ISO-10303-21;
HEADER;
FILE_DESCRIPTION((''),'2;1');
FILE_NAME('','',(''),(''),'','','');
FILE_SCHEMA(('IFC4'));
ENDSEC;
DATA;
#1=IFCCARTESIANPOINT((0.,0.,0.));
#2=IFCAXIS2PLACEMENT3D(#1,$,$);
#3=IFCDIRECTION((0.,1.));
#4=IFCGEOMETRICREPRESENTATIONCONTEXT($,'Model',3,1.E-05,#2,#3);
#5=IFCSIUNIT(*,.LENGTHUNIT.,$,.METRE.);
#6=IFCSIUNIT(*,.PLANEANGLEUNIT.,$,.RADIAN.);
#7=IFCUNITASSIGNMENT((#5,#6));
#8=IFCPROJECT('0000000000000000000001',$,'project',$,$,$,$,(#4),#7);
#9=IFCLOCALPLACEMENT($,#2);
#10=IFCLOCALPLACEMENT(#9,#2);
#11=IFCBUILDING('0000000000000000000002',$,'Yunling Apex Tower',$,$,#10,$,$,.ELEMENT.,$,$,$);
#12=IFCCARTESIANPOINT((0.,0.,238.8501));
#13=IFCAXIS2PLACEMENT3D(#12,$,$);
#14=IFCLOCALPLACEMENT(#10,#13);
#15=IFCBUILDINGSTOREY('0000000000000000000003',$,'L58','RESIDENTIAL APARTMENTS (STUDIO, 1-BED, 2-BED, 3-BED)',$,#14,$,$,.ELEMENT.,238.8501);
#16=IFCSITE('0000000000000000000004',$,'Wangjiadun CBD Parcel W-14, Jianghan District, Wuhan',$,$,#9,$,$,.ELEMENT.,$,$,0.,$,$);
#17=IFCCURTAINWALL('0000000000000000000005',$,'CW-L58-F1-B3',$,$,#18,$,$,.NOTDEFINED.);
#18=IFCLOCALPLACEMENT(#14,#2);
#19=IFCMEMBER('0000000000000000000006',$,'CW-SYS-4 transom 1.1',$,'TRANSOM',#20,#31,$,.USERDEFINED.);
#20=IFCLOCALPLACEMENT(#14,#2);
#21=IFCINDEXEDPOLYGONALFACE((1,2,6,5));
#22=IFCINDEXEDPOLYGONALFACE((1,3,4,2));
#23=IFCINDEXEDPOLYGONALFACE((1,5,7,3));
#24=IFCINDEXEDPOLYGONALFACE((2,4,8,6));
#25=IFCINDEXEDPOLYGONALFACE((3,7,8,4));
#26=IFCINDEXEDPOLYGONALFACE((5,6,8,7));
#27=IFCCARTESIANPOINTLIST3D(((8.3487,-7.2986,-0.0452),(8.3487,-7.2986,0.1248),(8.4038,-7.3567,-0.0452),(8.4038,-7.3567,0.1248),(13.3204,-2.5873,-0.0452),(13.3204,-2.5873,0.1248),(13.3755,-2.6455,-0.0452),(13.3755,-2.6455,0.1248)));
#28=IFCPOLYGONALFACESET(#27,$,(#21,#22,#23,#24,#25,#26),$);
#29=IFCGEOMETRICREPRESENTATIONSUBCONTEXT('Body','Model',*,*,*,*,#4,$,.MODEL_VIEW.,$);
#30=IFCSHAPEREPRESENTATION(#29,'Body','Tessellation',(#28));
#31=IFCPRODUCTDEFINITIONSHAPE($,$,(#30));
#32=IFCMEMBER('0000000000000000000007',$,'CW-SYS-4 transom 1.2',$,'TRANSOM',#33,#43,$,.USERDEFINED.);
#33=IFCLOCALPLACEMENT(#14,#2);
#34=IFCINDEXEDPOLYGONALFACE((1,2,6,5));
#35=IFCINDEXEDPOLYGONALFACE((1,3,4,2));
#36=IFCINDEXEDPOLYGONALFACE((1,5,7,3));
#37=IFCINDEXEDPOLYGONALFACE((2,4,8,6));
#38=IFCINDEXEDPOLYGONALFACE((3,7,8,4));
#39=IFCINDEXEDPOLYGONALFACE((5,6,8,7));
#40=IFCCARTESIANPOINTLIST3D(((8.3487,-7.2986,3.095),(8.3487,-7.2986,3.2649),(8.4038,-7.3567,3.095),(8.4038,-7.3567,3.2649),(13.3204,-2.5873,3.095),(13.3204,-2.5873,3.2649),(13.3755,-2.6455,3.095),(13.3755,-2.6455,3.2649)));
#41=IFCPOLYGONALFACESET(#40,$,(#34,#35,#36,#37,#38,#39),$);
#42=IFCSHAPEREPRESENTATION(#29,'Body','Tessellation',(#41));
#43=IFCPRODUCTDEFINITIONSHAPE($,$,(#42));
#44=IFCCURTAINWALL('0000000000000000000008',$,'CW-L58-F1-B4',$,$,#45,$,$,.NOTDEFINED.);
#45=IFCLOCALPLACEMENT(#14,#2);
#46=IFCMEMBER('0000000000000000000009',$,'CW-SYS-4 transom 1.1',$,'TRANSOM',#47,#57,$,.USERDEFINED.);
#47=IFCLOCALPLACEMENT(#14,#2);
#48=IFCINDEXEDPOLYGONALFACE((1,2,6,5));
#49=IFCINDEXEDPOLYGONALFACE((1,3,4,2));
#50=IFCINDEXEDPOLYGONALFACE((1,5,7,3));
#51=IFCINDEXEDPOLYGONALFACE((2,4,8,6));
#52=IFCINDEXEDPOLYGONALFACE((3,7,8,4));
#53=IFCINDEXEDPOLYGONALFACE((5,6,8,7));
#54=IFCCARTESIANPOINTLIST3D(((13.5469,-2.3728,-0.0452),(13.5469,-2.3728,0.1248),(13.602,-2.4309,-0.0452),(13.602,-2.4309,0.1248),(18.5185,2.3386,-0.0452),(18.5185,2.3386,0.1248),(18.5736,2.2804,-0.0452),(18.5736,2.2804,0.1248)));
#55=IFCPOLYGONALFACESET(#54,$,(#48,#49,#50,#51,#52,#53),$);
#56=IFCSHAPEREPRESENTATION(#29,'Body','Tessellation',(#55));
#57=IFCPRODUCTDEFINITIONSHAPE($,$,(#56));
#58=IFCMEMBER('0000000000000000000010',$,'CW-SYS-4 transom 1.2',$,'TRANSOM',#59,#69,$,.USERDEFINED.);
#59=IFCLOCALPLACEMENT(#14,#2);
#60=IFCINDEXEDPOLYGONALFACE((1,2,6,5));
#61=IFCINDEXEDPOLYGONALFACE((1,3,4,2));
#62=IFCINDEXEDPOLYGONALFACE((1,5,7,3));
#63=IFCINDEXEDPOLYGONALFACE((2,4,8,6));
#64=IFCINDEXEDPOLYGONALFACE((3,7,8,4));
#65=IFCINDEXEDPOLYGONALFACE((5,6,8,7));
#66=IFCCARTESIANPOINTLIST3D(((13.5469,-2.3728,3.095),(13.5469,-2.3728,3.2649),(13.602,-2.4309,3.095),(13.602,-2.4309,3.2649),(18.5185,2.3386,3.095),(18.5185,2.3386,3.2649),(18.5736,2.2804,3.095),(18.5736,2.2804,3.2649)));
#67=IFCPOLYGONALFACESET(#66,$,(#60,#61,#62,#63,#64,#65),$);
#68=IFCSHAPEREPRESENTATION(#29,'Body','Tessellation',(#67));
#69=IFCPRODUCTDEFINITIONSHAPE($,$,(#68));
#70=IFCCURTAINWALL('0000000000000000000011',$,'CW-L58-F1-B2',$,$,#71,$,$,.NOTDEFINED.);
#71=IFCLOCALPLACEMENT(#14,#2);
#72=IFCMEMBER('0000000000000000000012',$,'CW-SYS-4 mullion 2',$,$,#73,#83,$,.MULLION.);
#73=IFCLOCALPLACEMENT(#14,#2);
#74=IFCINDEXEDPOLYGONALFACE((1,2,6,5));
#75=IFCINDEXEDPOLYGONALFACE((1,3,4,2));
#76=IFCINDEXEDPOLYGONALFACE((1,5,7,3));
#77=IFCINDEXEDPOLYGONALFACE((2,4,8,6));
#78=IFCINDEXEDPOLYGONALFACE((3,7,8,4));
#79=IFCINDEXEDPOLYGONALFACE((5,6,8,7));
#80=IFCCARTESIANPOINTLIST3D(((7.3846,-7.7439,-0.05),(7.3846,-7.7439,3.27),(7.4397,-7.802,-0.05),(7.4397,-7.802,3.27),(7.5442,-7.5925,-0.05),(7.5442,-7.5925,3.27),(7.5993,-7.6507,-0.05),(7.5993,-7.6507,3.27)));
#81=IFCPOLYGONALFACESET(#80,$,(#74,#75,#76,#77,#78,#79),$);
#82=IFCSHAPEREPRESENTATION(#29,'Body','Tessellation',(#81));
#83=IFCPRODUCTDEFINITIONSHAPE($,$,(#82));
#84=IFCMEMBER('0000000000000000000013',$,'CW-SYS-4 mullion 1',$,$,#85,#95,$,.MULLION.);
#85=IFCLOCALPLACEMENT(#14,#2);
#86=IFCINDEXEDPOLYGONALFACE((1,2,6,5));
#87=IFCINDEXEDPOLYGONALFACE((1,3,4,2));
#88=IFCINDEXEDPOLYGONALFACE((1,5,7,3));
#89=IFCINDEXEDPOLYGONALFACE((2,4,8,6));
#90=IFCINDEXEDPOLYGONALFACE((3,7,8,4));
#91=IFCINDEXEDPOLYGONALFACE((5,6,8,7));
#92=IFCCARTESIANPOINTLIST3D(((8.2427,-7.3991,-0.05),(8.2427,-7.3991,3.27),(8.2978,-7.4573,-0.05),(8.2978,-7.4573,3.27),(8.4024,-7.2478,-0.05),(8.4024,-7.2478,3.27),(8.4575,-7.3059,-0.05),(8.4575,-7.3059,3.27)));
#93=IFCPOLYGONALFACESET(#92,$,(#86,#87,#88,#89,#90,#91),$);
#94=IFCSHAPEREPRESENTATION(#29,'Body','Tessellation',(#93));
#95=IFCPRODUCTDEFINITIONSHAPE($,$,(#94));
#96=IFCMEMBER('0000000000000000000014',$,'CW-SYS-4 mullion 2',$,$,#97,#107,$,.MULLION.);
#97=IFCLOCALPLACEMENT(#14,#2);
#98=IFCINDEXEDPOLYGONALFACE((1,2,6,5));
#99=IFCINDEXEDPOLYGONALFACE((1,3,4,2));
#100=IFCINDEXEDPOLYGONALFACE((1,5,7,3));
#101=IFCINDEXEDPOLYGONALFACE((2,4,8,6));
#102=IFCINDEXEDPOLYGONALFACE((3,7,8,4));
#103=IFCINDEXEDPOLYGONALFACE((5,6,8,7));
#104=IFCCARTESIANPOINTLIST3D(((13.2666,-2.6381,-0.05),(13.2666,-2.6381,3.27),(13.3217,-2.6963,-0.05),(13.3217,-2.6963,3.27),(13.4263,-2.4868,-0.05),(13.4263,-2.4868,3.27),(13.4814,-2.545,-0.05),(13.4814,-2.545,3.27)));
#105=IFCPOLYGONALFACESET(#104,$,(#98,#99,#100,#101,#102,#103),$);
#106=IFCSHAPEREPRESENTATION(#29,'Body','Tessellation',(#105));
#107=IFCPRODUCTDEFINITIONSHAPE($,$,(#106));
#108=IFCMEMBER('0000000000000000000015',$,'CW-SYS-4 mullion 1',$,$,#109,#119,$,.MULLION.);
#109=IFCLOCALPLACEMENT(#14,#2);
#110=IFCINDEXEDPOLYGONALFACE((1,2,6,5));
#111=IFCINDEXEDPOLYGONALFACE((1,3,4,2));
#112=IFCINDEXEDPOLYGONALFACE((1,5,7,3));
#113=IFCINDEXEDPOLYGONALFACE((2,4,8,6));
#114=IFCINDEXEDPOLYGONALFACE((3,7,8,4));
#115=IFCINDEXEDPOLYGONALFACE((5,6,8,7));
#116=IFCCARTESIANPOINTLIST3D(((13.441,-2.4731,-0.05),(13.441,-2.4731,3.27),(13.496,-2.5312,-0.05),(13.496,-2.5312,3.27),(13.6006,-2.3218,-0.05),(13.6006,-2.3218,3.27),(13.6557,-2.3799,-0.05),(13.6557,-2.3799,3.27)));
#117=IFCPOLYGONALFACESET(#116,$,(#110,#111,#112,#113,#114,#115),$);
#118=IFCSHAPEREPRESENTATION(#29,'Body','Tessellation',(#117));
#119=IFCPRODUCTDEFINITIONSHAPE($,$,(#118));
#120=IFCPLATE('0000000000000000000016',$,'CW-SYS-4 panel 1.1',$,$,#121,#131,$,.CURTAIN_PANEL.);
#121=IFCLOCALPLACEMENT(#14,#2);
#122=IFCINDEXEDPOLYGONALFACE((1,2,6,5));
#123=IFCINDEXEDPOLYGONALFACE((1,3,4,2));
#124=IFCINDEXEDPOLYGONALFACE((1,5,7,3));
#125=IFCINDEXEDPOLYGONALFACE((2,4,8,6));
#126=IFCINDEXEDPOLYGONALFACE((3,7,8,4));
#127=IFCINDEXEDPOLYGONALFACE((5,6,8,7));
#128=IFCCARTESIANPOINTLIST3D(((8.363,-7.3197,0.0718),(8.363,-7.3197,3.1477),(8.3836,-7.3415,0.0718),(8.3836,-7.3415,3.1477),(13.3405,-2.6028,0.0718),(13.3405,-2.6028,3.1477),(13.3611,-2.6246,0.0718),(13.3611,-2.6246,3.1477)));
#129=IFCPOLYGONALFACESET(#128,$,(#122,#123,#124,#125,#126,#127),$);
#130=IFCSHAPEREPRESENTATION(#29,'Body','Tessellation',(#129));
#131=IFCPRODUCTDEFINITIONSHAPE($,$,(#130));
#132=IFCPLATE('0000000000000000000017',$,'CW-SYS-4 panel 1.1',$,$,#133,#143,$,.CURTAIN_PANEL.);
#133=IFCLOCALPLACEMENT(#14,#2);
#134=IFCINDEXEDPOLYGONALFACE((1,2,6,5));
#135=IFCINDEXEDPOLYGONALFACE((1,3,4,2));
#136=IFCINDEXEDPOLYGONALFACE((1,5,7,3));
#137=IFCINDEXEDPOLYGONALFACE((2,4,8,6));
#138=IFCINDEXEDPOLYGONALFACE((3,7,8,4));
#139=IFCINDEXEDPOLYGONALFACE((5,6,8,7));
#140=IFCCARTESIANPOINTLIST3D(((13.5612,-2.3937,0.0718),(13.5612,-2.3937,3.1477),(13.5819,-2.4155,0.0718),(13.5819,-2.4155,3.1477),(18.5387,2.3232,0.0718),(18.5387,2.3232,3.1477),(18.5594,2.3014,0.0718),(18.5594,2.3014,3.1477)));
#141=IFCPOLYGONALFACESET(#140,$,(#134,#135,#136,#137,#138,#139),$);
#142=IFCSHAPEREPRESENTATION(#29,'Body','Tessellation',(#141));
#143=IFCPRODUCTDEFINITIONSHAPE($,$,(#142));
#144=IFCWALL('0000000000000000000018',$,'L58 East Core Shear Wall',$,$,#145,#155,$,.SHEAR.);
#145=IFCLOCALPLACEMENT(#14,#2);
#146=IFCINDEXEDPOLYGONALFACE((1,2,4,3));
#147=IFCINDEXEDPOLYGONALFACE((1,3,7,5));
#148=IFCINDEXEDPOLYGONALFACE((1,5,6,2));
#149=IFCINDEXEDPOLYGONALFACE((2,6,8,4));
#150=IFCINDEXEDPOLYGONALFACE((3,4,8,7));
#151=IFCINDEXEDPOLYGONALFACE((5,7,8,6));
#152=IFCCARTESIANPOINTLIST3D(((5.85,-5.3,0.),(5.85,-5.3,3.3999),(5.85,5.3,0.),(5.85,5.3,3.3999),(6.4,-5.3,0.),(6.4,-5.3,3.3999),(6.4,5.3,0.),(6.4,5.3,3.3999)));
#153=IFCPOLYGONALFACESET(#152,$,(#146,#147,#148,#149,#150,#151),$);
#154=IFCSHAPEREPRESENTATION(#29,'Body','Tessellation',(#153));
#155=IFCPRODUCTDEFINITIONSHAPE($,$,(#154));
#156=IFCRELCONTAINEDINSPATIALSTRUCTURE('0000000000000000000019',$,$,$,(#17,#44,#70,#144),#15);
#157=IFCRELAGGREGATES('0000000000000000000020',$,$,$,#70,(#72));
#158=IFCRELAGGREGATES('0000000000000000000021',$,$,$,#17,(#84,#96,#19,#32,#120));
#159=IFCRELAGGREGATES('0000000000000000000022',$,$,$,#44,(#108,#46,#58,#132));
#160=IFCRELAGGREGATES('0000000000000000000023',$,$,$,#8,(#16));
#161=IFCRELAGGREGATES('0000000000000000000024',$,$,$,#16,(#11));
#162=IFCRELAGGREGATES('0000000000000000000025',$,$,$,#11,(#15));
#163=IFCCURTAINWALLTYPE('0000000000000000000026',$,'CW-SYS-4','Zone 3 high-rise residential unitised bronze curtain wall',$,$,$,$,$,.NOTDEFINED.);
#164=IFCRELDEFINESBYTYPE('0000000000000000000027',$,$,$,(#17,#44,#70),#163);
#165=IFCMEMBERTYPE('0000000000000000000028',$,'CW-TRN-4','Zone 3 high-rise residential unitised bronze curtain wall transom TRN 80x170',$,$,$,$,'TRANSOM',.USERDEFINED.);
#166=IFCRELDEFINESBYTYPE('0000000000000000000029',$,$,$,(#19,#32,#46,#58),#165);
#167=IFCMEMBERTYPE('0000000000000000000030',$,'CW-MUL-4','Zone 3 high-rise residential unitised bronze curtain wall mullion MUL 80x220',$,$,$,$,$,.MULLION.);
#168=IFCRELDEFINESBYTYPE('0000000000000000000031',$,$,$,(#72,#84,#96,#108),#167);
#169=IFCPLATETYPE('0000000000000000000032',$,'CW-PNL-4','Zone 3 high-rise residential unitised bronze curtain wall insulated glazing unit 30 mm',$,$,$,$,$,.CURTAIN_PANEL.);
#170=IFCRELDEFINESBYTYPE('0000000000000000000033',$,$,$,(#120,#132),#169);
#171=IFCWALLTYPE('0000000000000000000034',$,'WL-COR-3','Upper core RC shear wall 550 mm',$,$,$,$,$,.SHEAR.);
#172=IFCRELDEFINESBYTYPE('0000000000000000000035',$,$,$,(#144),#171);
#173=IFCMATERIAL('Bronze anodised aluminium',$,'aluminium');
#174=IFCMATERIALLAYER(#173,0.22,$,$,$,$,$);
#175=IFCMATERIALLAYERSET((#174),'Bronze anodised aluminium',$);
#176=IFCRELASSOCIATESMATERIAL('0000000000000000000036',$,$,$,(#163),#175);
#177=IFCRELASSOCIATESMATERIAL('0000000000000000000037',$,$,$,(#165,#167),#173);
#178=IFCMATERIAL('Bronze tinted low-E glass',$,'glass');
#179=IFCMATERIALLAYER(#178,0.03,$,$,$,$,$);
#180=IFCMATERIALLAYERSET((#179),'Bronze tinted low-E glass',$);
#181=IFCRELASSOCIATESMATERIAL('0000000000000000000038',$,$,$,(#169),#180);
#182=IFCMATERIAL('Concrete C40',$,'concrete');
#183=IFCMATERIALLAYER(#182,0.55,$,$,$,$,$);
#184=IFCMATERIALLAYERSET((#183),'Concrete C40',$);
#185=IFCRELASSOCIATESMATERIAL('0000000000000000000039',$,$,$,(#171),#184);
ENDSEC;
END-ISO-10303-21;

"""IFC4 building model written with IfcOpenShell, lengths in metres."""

from ifc_helpers import new_model, si_unit, direction, frame, frame_2d, origin, origin_2d, place, context, subcontext, project, spatial, rectangle, extrude, source, transform, mapped, material, layer, layer_set, material_profile, profile_set, type_object, element, aggregate, save


model = new_model("IFC4")

# Units and contexts
model_context = context("Model", 3, precision=1e-05, world=origin(), true_north=direction((0.0, 1.0)))
body_context = subcontext(model_context, "Body", "Model", "MODEL_VIEW")
ifc_project = project(units=[si_unit("LENGTHUNIT", "METRE"), si_unit("PLANEANGLEUNIT", "RADIAN")], contexts=[model_context])

# Site, building, storey
site_placement = place(None, origin())
site = spatial("IfcSite", under=ifc_project, at=site_placement, Name="Wangjiadun CBD Parcel W-14, Jianghan District, Wuhan", CompositionType="ELEMENT", RefElevation=0.0)
building_placement = place(site_placement, origin())
building = spatial("IfcBuilding", under=site, at=building_placement, Name="Yunling Apex Tower", CompositionType="ELEMENT")
storey_placement = place(building_placement, frame((0.0, 0.0, 238.8501)))
storey = spatial("IfcBuildingStorey", under=building, at=storey_placement, Name="L58", Description="RESIDENTIAL APARTMENTS (STUDIO, 1-BED, 2-BED, 3-BED)", CompositionType="ELEMENT", Elevation=238.8501)

# Curtain walls, members
ifc_material_1 = material(Name="Bronze anodised aluminium", Category="aluminium")
ifc_layer_1 = layer(ifc_material_1, 0.22)
ifc_layer_set_1 = layer_set([ifc_layer_1], Name="Bronze anodised aluminium")
curtain_wall_type = type_object("IfcCurtainWallType", Name="CW-SYS-4", Description="Zone 3 high-rise residential unitised bronze curtain wall", PredefinedType="NOTDEFINED", material=ifc_layer_set_1)
curtain_wall_1_placement = place(storey_placement, origin())
curtain_wall_1 = element("IfcCurtainWall", 1, at=curtain_wall_1_placement, inside=storey, type_object=curtain_wall_type, Name="CW-L58-F1-B3", PredefinedType="NOTDEFINED")
ifc_material_profile_1 = material_profile(ifc_material_1, rectangle(XDim=0.0801, YDim=0.1699, at=origin_2d()))
ifc_profile_set_1 = profile_set([ifc_material_profile_1], Name="Bronze anodised aluminium")
member_type_1 = type_object("IfcMemberType", Name="CW-TRN-4", Description="Zone 3 high-rise residential unitised bronze curtain wall transom TRN 80x170", ElementType="TRANSOM", PredefinedType="USERDEFINED", material=ifc_profile_set_1)
shared_shape_1 = source(origin(), body_context, "Body", "SweptSolid", [
    extrude(rectangle(XDim=0.0801, YDim=0.1699, at=origin_2d()), origin(), (0.0, 0.0, 1.0), 6.8494),
])
member_1_placement = place(storey_placement, frame((8.3762, -7.3276, 0.0398), z_axis=(0.725867, 0.687835, 0.0), x_axis=(-0.687835, 0.725867, 0.0)))
member_1 = element("IfcMember", 2, at=member_1_placement, type_object=member_type_1, Name="CW-SYS-4 transom 1.1", ObjectType="TRANSOM", PredefinedType="USERDEFINED", context=body_context, shape_type="MappedRepresentation", body=[
    mapped(shared_shape_1, transform((0.0, 0.0, 0.0), scale=1.0)),
])
member_2_placement = place(storey_placement, frame((8.3762, -7.3276, 3.1799), z_axis=(0.725867, 0.687835, 0.0), x_axis=(-0.687835, 0.725867, 0.0)))
member_2 = element("IfcMember", 3, at=member_2_placement, type_object=member_type_1, Name="CW-SYS-4 transom 1.2", ObjectType="TRANSOM", PredefinedType="USERDEFINED", context=body_context, shape_type="MappedRepresentation", body=[
    mapped(shared_shape_1, transform((0.0, 0.0, 0.0), scale=1.0)),
])
curtain_wall_2_placement = place(storey_placement, origin())
curtain_wall_2 = element("IfcCurtainWall", 4, at=curtain_wall_2_placement, inside=storey, type_object=curtain_wall_type, Name="CW-L58-F1-B4", PredefinedType="NOTDEFINED")
member_3_placement = place(storey_placement, frame((13.5745, -2.4019, 0.0398), z_axis=(0.72585, 0.687853, 0.0), x_axis=(-0.687853, 0.72585, 0.0)))
member_3 = element("IfcMember", 5, at=member_3_placement, type_object=member_type_1, Name="CW-SYS-4 transom 1.1", ObjectType="TRANSOM", PredefinedType="USERDEFINED", context=body_context, shape_type="MappedRepresentation", body=[
    mapped(shared_shape_1, transform((0.0, 0.0, 0.0), scale=1.0)),
])
member_4_placement = place(storey_placement, frame((13.5745, -2.4019, 3.1799), z_axis=(0.72585, 0.687853, 0.0), x_axis=(-0.687853, 0.72585, 0.0)))
member_4 = element("IfcMember", 6, at=member_4_placement, type_object=member_type_1, Name="CW-SYS-4 transom 1.2", ObjectType="TRANSOM", PredefinedType="USERDEFINED", context=body_context, shape_type="MappedRepresentation", body=[
    mapped(shared_shape_1, transform((0.0, 0.0, 0.0), scale=1.0)),
])

# Curtain wall, member
curtain_wall_3_placement = place(storey_placement, origin())
curtain_wall_3 = element("IfcCurtainWall", 7, at=curtain_wall_3_placement, inside=storey, type_object=curtain_wall_type, Name="CW-L58-F1-B2", PredefinedType="NOTDEFINED")
ifc_material_profile_2 = material_profile(ifc_material_1, rectangle(XDim=0.0801, YDim=0.22, at=origin_2d()))
ifc_profile_set_2 = profile_set([ifc_material_profile_2], Name="Bronze anodised aluminium")
member_type_2 = type_object("IfcMemberType", Name="CW-MUL-4", Description="Zone 3 high-rise residential unitised bronze curtain wall mullion MUL 80x220", PredefinedType="MULLION", material=ifc_profile_set_2)
shared_shape_2 = source(origin(), body_context, "Body", "SweptSolid", [
    extrude(rectangle(XDim=0.0801, YDim=0.22, at=origin_2d()), origin(), (0.0, 0.0, 1.0), 3.3201),
])
member_5_placement = place(storey_placement, frame((7.4919, -7.6973, -0.05), z_axis=(0.0, 0.0, 1.0), x_axis=(-0.687854, 0.725849, 0.0)))
member_5 = element("IfcMember", 8, at=member_5_placement, type_object=member_type_2, Name="CW-SYS-4 mullion 2", PredefinedType="MULLION", context=body_context, shape_type="MappedRepresentation", body=[
    mapped(shared_shape_2, transform((0.0, 0.0, 0.0), scale=1.0)),
])
aggregate(curtain_wall_3, [member_5])

# Members
member_6_placement = place(storey_placement, frame((8.3501, -7.3525, -0.05), z_axis=(0.0, 0.0, 1.0), x_axis=(-0.687848, 0.725855, 0.0)))
member_6 = element("IfcMember", 9, at=member_6_placement, type_object=member_type_2, Name="CW-SYS-4 mullion 1", PredefinedType="MULLION", context=body_context, shape_type="MappedRepresentation", body=[
    mapped(shared_shape_2, transform((0.0, 0.0, 0.0), scale=1.0)),
])
member_7_placement = place(storey_placement, frame((13.374, -2.5916, -0.05), z_axis=(0.0, 0.0, 1.0), x_axis=(-0.687848, 0.725855, 0.0)))
member_7 = element("IfcMember", 10, at=member_7_placement, type_object=member_type_2, Name="CW-SYS-4 mullion 2", PredefinedType="MULLION", context=body_context, shape_type="MappedRepresentation", body=[
    mapped(shared_shape_2, transform((0.0, 0.0, 0.0), scale=1.0)),
])
member_8_placement = place(storey_placement, frame((13.5483, -2.4265, -0.05), z_axis=(0.0, 0.0, 1.0), x_axis=(-0.687848, 0.725855, 0.0)))
member_8 = element("IfcMember", 11, at=member_8_placement, type_object=member_type_2, Name="CW-SYS-4 mullion 1", PredefinedType="MULLION", context=body_context, shape_type="MappedRepresentation", body=[
    mapped(shared_shape_2, transform((0.0, 0.0, 0.0), scale=1.0)),
])

# Plates
ifc_material_2 = material(Name="Bronze tinted low-E glass", Category="glass")
ifc_layer_2 = layer(ifc_material_2, 0.03)
ifc_layer_set_2 = layer_set([ifc_layer_2], Name="Bronze tinted low-E glass")
plate_type = type_object("IfcPlateType", Name="CW-PNL-4", Description="Zone 3 high-rise residential unitised bronze curtain wall insulated glazing unit 30 mm", PredefinedType="CURTAIN_PANEL", material=ifc_layer_set_2)
shared_shape_3 = source(origin(), body_context, "Body", "SweptSolid", [
    extrude(rectangle(XDim=6.8574, YDim=0.03, at=origin_2d()), origin(), (0.0, 0.0, 1.0), 3.0759),
])
plate_1_placement = place(storey_placement, frame((10.8621, -4.9722, 0.0718), z_axis=(0.0, 0.0, 1.0), x_axis=(0.725855, 0.687848, 0.0)))
plate_1 = element("IfcPlate", 12, at=plate_1_placement, type_object=plate_type, Name="CW-SYS-4 panel 1.1", PredefinedType="CURTAIN_PANEL", context=body_context, shape_type="MappedRepresentation", body=[
    mapped(shared_shape_3, transform((0.0, 0.0, 0.0), scale=1.0)),
])
aggregate(curtain_wall_1, [member_6, member_7, member_1, member_2, plate_1])
plate_2_placement = place(storey_placement, frame((16.0603, -0.0461, 0.0718), z_axis=(0.0, 0.0, 1.0), x_axis=(0.725855, 0.687848, 0.0)))
plate_2 = element("IfcPlate", 13, at=plate_2_placement, type_object=plate_type, Name="CW-SYS-4 panel 1.1", PredefinedType="CURTAIN_PANEL", context=body_context, shape_type="MappedRepresentation", body=[
    mapped(shared_shape_3, transform((0.0, 0.0, 0.0), scale=1.0)),
])
aggregate(curtain_wall_2, [member_8, member_3, member_4, plate_2])

# Wall
ifc_material_3 = material(Name="Concrete C40", Category="concrete")
ifc_layer_3 = layer(ifc_material_3, 0.55)
ifc_layer_set_3 = layer_set([ifc_layer_3], Name="Concrete C40")
wall_type = type_object("IfcWallType", Name="WL-COR-3", Description="Upper core RC shear wall 550 mm", PredefinedType="SHEAR", material=ifc_layer_set_3)
wall_placement = place(storey_placement, frame((6.125, -5.3, 0.0), z_axis=(0.0, 0.0, 1.0), x_axis=(0.0, 1.0, 0.0)))
element("IfcWall", 14, at=wall_placement, inside=storey, type_object=wall_type, Name="L58 East Core Shear Wall", PredefinedType="SHEAR", context=body_context, shape_type="SweptSolid", body=[
    extrude(rectangle(XDim=10.6001, YDim=0.55, at=frame_2d((5.3, 0.0))), origin(), (0.0, 0.0, 1.0), 3.3999),
])

save(model, "model.ifc")
